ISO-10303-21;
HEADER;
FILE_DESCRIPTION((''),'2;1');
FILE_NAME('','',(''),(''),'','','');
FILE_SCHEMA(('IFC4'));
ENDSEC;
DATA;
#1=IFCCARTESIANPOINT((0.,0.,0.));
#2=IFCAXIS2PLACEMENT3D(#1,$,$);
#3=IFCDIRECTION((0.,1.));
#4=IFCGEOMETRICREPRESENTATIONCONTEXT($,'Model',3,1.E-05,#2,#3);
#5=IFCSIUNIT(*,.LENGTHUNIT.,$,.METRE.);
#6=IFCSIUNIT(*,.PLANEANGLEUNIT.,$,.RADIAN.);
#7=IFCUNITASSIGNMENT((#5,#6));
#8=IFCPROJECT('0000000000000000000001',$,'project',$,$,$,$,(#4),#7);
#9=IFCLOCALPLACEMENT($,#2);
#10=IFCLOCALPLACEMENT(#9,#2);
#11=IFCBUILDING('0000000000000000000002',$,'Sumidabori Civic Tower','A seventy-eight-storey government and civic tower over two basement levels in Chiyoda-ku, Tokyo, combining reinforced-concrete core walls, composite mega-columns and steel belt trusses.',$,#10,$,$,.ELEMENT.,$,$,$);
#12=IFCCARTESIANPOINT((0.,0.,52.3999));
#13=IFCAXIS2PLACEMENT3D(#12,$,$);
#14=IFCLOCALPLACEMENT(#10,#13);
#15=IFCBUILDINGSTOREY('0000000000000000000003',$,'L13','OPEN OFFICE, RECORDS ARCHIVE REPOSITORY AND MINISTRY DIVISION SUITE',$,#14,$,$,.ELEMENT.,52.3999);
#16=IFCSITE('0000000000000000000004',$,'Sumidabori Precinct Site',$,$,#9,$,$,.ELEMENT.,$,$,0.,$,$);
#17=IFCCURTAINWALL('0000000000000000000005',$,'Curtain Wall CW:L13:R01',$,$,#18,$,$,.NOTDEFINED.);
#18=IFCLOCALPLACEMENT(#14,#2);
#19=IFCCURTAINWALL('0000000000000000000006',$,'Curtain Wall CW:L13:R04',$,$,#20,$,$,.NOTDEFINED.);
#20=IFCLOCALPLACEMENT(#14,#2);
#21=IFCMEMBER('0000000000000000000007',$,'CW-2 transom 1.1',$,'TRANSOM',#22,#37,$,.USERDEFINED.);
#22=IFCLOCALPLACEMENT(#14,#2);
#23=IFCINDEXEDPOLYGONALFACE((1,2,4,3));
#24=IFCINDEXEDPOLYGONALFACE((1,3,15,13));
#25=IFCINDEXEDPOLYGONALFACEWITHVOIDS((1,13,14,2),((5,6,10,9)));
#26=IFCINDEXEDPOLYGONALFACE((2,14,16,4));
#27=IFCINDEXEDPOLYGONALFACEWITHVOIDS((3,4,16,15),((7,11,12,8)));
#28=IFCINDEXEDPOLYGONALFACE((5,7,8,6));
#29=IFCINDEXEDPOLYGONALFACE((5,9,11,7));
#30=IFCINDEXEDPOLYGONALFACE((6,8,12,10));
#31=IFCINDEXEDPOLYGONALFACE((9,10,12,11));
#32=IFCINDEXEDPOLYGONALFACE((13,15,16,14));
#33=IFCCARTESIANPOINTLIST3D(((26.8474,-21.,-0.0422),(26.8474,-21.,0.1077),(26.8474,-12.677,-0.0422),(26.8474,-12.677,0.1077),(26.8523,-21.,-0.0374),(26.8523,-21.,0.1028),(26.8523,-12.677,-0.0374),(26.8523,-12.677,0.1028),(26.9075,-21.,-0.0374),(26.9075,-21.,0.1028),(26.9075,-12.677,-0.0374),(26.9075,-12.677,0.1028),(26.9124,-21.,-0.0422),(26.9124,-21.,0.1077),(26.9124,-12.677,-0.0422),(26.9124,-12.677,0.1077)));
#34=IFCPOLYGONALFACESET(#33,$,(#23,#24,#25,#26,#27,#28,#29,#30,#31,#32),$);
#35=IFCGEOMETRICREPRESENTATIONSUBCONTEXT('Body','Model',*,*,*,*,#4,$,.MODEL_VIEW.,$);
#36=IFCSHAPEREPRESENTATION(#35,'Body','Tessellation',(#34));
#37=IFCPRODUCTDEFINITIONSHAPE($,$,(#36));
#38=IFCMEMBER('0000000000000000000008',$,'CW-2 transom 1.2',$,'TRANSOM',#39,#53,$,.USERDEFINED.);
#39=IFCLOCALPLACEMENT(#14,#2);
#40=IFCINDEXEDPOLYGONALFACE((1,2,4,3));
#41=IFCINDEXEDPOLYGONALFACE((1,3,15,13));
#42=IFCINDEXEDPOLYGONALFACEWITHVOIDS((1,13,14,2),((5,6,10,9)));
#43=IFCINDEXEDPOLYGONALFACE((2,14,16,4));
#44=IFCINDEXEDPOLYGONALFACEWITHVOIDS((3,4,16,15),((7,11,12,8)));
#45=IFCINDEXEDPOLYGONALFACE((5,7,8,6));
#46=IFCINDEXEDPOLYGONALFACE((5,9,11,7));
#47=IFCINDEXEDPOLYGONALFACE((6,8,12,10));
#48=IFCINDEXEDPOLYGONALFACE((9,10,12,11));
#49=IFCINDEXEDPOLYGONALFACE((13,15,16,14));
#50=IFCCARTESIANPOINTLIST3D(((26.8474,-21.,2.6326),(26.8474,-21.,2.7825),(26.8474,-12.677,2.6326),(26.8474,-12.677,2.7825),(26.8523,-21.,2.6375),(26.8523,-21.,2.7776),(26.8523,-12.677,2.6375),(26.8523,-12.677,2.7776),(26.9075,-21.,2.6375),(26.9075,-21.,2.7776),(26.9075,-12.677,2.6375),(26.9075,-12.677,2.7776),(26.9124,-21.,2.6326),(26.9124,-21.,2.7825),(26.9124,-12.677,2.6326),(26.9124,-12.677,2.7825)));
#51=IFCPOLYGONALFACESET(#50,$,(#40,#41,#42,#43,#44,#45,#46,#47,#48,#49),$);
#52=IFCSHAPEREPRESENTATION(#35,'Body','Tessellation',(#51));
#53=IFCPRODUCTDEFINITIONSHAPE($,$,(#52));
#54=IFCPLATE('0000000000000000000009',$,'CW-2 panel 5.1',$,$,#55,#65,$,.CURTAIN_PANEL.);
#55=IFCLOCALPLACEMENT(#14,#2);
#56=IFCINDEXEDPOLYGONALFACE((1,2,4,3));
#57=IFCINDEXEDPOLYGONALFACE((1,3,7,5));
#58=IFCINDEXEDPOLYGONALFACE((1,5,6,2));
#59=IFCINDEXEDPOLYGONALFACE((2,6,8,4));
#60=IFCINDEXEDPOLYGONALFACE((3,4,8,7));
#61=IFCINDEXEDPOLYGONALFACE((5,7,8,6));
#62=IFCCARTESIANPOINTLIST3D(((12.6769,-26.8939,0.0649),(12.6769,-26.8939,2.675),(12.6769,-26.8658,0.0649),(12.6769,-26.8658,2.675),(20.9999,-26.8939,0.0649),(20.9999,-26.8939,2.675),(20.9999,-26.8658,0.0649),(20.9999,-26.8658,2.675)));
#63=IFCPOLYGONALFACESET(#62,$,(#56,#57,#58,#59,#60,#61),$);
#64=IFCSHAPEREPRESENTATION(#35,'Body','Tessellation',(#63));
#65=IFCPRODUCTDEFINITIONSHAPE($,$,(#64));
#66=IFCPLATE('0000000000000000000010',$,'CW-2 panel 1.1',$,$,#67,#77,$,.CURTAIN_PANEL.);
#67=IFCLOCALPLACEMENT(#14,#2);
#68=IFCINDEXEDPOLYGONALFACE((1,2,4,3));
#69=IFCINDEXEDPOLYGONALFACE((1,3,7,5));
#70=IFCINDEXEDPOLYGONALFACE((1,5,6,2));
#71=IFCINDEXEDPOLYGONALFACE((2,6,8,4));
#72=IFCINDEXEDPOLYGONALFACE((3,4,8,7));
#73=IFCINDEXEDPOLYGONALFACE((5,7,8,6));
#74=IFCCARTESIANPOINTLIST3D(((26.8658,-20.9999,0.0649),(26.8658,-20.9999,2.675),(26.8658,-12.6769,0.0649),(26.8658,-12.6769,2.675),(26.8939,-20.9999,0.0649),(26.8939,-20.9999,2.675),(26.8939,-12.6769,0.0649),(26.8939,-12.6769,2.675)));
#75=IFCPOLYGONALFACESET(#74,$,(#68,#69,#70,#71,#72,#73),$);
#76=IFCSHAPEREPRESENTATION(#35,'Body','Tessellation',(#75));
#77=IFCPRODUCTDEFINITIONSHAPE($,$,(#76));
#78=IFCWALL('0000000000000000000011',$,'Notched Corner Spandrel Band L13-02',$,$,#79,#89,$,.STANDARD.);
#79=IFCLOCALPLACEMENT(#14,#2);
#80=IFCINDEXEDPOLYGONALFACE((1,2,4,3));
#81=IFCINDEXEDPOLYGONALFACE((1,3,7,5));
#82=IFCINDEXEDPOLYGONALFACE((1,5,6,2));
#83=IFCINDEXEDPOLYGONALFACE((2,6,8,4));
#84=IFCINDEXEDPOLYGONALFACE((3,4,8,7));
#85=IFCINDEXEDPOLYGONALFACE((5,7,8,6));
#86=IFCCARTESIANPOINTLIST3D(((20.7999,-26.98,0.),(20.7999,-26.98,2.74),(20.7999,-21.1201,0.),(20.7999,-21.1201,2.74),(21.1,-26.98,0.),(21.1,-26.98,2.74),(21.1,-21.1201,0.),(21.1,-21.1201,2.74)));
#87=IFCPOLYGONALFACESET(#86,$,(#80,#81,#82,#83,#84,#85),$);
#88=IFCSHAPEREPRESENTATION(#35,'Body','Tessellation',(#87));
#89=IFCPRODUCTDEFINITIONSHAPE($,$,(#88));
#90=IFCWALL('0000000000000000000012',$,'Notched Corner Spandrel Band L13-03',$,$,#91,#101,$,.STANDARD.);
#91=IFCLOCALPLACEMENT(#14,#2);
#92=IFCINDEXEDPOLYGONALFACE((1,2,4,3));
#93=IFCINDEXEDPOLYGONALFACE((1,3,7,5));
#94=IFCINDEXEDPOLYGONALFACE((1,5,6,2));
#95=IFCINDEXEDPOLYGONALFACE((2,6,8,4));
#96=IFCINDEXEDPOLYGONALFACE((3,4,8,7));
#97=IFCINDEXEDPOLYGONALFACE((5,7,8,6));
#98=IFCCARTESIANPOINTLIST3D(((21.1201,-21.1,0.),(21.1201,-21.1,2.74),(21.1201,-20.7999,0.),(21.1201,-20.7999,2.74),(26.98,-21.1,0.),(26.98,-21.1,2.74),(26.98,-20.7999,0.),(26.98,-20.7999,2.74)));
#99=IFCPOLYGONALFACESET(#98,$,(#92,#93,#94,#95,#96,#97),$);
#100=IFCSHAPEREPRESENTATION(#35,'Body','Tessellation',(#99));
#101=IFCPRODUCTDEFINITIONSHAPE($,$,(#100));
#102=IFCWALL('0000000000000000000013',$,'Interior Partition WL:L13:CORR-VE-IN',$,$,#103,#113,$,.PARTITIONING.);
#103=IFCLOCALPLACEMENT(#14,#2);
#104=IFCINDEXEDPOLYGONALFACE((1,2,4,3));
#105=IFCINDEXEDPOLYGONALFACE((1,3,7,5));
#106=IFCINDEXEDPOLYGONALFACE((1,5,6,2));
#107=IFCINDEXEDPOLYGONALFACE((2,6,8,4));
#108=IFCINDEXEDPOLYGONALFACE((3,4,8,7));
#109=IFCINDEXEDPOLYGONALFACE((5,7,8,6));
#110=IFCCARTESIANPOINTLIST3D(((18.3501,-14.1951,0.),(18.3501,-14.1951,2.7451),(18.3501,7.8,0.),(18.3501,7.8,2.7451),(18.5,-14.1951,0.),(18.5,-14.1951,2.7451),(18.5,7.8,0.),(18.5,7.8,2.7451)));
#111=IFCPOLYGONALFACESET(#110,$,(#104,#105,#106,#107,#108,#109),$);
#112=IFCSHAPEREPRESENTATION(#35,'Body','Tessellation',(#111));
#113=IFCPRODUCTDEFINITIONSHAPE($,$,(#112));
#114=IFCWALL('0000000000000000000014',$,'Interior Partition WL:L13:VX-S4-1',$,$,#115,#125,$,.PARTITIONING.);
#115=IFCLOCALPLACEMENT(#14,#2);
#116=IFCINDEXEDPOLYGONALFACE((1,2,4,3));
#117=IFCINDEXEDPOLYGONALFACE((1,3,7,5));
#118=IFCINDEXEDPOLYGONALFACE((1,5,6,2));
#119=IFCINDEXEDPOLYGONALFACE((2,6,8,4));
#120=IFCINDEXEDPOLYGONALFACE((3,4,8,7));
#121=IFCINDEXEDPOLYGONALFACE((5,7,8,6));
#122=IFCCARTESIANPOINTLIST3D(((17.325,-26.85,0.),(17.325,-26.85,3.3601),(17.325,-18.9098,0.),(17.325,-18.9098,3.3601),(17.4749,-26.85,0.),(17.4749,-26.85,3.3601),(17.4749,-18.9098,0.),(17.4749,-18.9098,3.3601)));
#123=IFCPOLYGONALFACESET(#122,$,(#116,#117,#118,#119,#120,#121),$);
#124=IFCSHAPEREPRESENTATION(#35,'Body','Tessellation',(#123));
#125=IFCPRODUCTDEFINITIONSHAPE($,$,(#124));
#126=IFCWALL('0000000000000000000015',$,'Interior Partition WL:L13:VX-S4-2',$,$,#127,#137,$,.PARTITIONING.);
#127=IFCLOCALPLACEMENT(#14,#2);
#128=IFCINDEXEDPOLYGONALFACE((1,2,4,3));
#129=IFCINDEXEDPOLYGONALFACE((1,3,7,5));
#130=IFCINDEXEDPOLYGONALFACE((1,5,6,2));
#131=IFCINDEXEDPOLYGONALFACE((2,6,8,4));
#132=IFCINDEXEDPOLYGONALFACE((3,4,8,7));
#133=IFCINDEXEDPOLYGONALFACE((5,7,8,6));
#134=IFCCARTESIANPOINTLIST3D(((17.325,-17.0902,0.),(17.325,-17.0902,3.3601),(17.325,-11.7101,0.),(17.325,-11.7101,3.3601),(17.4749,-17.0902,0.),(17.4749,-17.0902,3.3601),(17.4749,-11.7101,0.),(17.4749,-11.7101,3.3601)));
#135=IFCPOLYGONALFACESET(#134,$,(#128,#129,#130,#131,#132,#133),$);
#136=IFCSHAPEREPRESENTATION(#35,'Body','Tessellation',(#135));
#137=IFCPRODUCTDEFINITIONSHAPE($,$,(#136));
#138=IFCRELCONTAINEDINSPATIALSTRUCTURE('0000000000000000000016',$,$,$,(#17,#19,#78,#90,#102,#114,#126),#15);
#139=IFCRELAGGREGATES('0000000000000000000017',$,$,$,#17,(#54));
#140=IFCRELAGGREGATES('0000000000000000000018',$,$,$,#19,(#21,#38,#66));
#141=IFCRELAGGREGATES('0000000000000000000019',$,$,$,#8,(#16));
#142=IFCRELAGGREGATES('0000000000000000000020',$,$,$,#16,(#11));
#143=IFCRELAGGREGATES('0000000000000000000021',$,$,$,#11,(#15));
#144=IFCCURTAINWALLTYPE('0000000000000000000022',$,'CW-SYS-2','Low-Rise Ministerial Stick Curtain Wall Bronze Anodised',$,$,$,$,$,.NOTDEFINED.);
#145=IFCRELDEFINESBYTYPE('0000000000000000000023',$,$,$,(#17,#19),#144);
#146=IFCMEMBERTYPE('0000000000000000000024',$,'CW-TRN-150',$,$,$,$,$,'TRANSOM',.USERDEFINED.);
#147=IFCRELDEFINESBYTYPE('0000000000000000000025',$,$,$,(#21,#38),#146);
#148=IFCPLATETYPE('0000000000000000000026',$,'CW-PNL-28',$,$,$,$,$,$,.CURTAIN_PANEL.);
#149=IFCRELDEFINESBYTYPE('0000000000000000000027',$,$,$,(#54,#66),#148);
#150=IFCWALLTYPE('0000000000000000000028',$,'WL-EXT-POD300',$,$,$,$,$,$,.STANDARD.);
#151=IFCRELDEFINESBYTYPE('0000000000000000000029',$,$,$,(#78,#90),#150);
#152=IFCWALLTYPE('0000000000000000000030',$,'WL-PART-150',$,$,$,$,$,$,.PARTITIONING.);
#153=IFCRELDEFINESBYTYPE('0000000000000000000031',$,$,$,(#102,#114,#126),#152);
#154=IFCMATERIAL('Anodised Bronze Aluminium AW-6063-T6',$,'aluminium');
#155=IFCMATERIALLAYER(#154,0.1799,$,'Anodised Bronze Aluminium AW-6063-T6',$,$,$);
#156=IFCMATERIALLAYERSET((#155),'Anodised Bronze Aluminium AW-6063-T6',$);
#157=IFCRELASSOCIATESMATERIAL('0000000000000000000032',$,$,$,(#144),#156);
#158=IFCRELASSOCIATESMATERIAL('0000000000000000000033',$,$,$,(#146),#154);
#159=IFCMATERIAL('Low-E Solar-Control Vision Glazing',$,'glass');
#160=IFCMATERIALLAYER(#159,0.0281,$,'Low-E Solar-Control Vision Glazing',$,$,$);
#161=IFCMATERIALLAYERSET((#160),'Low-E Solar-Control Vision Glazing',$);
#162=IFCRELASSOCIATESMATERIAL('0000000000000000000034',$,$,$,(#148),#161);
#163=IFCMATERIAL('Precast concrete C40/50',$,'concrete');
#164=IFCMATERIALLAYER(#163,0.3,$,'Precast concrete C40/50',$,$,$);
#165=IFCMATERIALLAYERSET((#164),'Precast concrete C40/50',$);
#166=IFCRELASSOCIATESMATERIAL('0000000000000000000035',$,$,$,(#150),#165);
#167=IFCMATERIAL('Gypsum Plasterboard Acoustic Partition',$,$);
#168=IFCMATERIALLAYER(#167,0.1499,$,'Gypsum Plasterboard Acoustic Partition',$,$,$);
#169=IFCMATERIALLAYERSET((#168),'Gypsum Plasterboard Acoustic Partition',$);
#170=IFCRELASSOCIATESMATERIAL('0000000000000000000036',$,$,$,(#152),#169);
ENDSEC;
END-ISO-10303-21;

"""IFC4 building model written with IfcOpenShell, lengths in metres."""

from ifc_helpers import new_model, si_unit, direction, frame, frame_2d, origin, origin_2d, place, context, subcontext, project, spatial, rectangle, hollow_rectangle, extrude, source, transform, mapped, material, layer, layer_set, material_profile, profile_set, type_object, element, aggregate, save


model = new_model("IFC4")

# Units and contexts
model_context = context("Model", 3, precision=1e-05, world=origin(), true_north=direction((0.0, 1.0)))
body_context = subcontext(model_context, "Body", "Model", "MODEL_VIEW")
ifc_project = project(units=[si_unit("LENGTHUNIT", "METRE"), si_unit("PLANEANGLEUNIT", "RADIAN")], contexts=[model_context])

# Site, building, storey
site_placement = place(None, origin())
site = spatial("IfcSite", under=ifc_project, at=site_placement, Name="Sumidabori Precinct Site", CompositionType="ELEMENT", RefElevation=0.0)
building_placement = place(site_placement, origin())
building = spatial("IfcBuilding", under=site, at=building_placement, Name="Sumidabori Civic Tower", Description="A seventy-eight-storey government and civic tower over two basement levels in Chiyoda-ku, Tokyo, combining reinforced-concrete core walls, composite mega-columns and steel belt trusses.", CompositionType="ELEMENT")
storey_placement = place(building_placement, frame((0.0, 0.0, 52.3999)))
storey = spatial("IfcBuildingStorey", under=building, at=storey_placement, Name="L13", Description="OPEN OFFICE, RECORDS ARCHIVE REPOSITORY AND MINISTRY DIVISION SUITE", CompositionType="ELEMENT", Elevation=52.3999)

# Curtain walls
ifc_material_1 = material(Name="Anodised Bronze Aluminium AW-6063-T6", Category="aluminium")
ifc_layer_1 = layer(ifc_material_1, 0.1799, Name="Anodised Bronze Aluminium AW-6063-T6")
ifc_layer_set_1 = layer_set([ifc_layer_1], Name="Anodised Bronze Aluminium AW-6063-T6")
curtain_wall_type = type_object("IfcCurtainWallType", Name="CW-SYS-2", Description="Low-Rise Ministerial Stick Curtain Wall Bronze Anodised", PredefinedType="NOTDEFINED", material=ifc_layer_set_1)
curtain_wall_1_placement = place(storey_placement, origin())
curtain_wall_1 = element("IfcCurtainWall", 1, at=curtain_wall_1_placement, inside=storey, type_object=curtain_wall_type, Name="Curtain Wall CW:L13:R01", PredefinedType="NOTDEFINED")
curtain_wall_2_placement = place(storey_placement, origin())
curtain_wall_2 = element("IfcCurtainWall", 2, at=curtain_wall_2_placement, inside=storey, type_object=curtain_wall_type, Name="Curtain Wall CW:L13:R04", PredefinedType="NOTDEFINED")

# Members
ifc_material_profile_1 = material_profile(ifc_material_1, hollow_rectangle(XDim=0.0649, YDim=0.1499, WallThickness=0.0049, at=origin_2d()), Name="ALU TRANSOM 150x65")
ifc_profile_set_1 = profile_set([ifc_material_profile_1], Name="Anodised Bronze Aluminium AW-6063-T6")
member_type_1 = type_object("IfcMemberType", Name="CW-TRN-150", ElementType="TRANSOM", PredefinedType="USERDEFINED", material=ifc_profile_set_1)
shared_shape_1 = source(origin(), body_context, "Body", "SweptSolid", [
    extrude(hollow_rectangle(XDim=0.0649, YDim=0.1499, WallThickness=0.0049, at=origin_2d()), origin(), (0.0, 0.0, 1.0), 8.323),
])
member_1_placement = place(storey_placement, frame((26.8799, -21.0, 0.0327), z_axis=(0.0, 1.0, 0.0), x_axis=(-1.0, 0.0, 0.0)))
member_1 = element("IfcMember", 3, at=member_1_placement, type_object=member_type_1, Name="CW-2 transom 1.1", ObjectType="TRANSOM", PredefinedType="USERDEFINED", context=body_context, shape_type="MappedRepresentation", body=[
    mapped(shared_shape_1, transform((0.0, 0.0, 0.0), x_axis=(1.0, 0.0, 0.0), y_axis=(0.0, 1.0, 0.0), z_axis=(0.0, 0.0, 1.0), scale=1.0)),
])
member_2_placement = place(storey_placement, frame((26.8799, -21.0, 2.7075), z_axis=(0.0, 1.0, 0.0), x_axis=(-1.0, 0.0, 0.0)))
member_2 = element("IfcMember", 4, at=member_2_placement, type_object=member_type_1, Name="CW-2 transom 1.2", ObjectType="TRANSOM", PredefinedType="USERDEFINED", context=body_context, shape_type="MappedRepresentation", body=[
    mapped(shared_shape_1, transform((0.0, 0.0, 0.0), x_axis=(1.0, 0.0, 0.0), y_axis=(0.0, 1.0, 0.0), z_axis=(0.0, 0.0, 1.0), scale=1.0)),
])

# Plates
ifc_material_2 = material(Name="Low-E Solar-Control Vision Glazing", Category="glass")
ifc_layer_2 = layer(ifc_material_2, 0.0281, Name="Low-E Solar-Control Vision Glazing")
ifc_layer_set_2 = layer_set([ifc_layer_2], Name="Low-E Solar-Control Vision Glazing")
plate_type = type_object("IfcPlateType", Name="CW-PNL-28", PredefinedType="CURTAIN_PANEL", material=ifc_layer_set_2)
shared_shape_2 = source(origin(), body_context, "Body", "SweptSolid", [
    extrude(rectangle(XDim=8.323, YDim=0.0281, at=origin_2d()), origin(), (0.0, 0.0, 1.0), 2.6101),
])
plate_1_placement = place(storey_placement, frame((16.8384, -26.8799, 0.0649), z_axis=(0.0, 0.0, 1.0), x_axis=(1.0, 0.0, 0.0)))
plate_1 = element("IfcPlate", 5, at=plate_1_placement, type_object=plate_type, Name="CW-2 panel 5.1", PredefinedType="CURTAIN_PANEL", context=body_context, shape_type="MappedRepresentation", body=[
    mapped(shared_shape_2, transform((0.0, 0.0, 0.0), x_axis=(1.0, 0.0, 0.0), y_axis=(0.0, 1.0, 0.0), z_axis=(0.0, 0.0, 1.0), scale=1.0)),
])
aggregate(curtain_wall_1, [plate_1])
plate_2_placement = place(storey_placement, frame((26.8799, -16.8384, 0.0649), z_axis=(0.0, 0.0, 1.0), x_axis=(0.0, 1.0, 0.0)))
plate_2 = element("IfcPlate", 6, at=plate_2_placement, type_object=plate_type, Name="CW-2 panel 1.1", PredefinedType="CURTAIN_PANEL", context=body_context, shape_type="MappedRepresentation", body=[
    mapped(shared_shape_2, transform((0.0, 0.0, 0.0), x_axis=(1.0, 0.0, 0.0), y_axis=(0.0, 1.0, 0.0), z_axis=(0.0, 0.0, 1.0), scale=1.0)),
])
aggregate(curtain_wall_2, [member_1, member_2, plate_2])

# Walls
ifc_material_3 = material(Name="Precast concrete C40/50", Category="concrete")
ifc_layer_3 = layer(ifc_material_3, 0.3, Name="Precast concrete C40/50")
ifc_layer_set_3 = layer_set([ifc_layer_3], Name="Precast concrete C40/50")
wall_type_1 = type_object("IfcWallType", Name="WL-EXT-POD300", PredefinedType="STANDARD", material=ifc_layer_set_3)
shared_shape_3 = source(origin(), body_context, "Body", "SweptSolid", [
    extrude(rectangle(XDim=5.8599, YDim=0.3, at=frame_2d((2.9299, 0.0))), origin(), (0.0, 0.0, 1.0), 2.74),
])
for number, where, z_axis, x_axis, name in (
    (7, (20.95, -26.98, 0.0), (0.0, 0.0, 1.0), (0.0, 1.0, 0.0), "Notched Corner Spandrel Band L13-02"),
    (8, (21.1201, -20.95, 0.0), (0.0, 0.0, 1.0), (1.0, 0.0, 0.0), "Notched Corner Spandrel Band L13-03"),
):
    element("IfcWall", number, at=place(storey_placement, frame(where, z_axis=z_axis, x_axis=x_axis)), inside=storey, type_object=wall_type_1, Name=name, PredefinedType="STANDARD", context=body_context, shape_type="MappedRepresentation", body=[
        mapped(shared_shape_3, transform((0.0, 0.0, 0.0), x_axis=(1.0, 0.0, 0.0), y_axis=(0.0, 1.0, 0.0), z_axis=(0.0, 0.0, 1.0), scale=1.0)),
    ])
ifc_material_4 = material(Name="Gypsum Plasterboard Acoustic Partition")
ifc_layer_4 = layer(ifc_material_4, 0.1499, Name="Gypsum Plasterboard Acoustic Partition")
ifc_layer_set_4 = layer_set([ifc_layer_4], Name="Gypsum Plasterboard Acoustic Partition")
wall_type_2 = type_object("IfcWallType", Name="WL-PART-150", PredefinedType="PARTITIONING", material=ifc_layer_set_4)
shared_shape_4 = source(origin(), body_context, "Body", "SweptSolid", [
    extrude(rectangle(XDim=21.9951, YDim=0.1499, at=frame_2d((10.9976, 0.0))), origin(), (0.0, 0.0, 1.0), 2.7451),
])
wall_1_placement = place(storey_placement, frame((18.425, -14.1951, 0.0), z_axis=(0.0, 0.0, 1.0), x_axis=(0.0, 1.0, 0.0)))
element("IfcWall", 9, at=wall_1_placement, inside=storey, type_object=wall_type_2, Name="Interior Partition WL:L13:CORR-VE-IN", PredefinedType="PARTITIONING", context=body_context, shape_type="MappedRepresentation", body=[
    mapped(shared_shape_4, transform((0.0, 0.0, 0.0), x_axis=(1.0, 0.0, 0.0), y_axis=(0.0, 1.0, 0.0), z_axis=(0.0, 0.0, 1.0), scale=1.0)),
])
shared_shape_5 = source(origin(), body_context, "Body", "SweptSolid", [
    extrude(rectangle(XDim=7.9402, YDim=0.1499, at=frame_2d((3.9702, 0.0))), origin(), (0.0, 0.0, 1.0), 3.3601),
])
wall_2_placement = place(storey_placement, frame((17.3999, -26.8501, 0.0), z_axis=(0.0, 0.0, 1.0), x_axis=(0.0, 1.0, 0.0)))
element("IfcWall", 10, at=wall_2_placement, inside=storey, type_object=wall_type_2, Name="Interior Partition WL:L13:VX-S4-1", PredefinedType="PARTITIONING", context=body_context, shape_type="MappedRepresentation", body=[
    mapped(shared_shape_5, transform((0.0, 0.0, 0.0), x_axis=(1.0, 0.0, 0.0), y_axis=(0.0, 1.0, 0.0), z_axis=(0.0, 0.0, 1.0), scale=1.0)),
])
shared_shape_6 = source(origin(), body_context, "Body", "SweptSolid", [
    extrude(rectangle(XDim=5.3801, YDim=0.1499, at=frame_2d((2.6899, 0.0))), origin(), (0.0, 0.0, 1.0), 3.3601),
])
wall_3_placement = place(storey_placement, frame((17.3999, -17.0901, 0.0), z_axis=(0.0, 0.0, 1.0), x_axis=(0.0, 1.0, 0.0)))
element("IfcWall", 11, at=wall_3_placement, inside=storey, type_object=wall_type_2, Name="Interior Partition WL:L13:VX-S4-2", PredefinedType="PARTITIONING", context=body_context, shape_type="MappedRepresentation", body=[
    mapped(shared_shape_6, transform((0.0, 0.0, 0.0), x_axis=(1.0, 0.0, 0.0), y_axis=(0.0, 1.0, 0.0), z_axis=(0.0, 0.0, 1.0), scale=1.0)),
])

save(model, "model.ifc")
